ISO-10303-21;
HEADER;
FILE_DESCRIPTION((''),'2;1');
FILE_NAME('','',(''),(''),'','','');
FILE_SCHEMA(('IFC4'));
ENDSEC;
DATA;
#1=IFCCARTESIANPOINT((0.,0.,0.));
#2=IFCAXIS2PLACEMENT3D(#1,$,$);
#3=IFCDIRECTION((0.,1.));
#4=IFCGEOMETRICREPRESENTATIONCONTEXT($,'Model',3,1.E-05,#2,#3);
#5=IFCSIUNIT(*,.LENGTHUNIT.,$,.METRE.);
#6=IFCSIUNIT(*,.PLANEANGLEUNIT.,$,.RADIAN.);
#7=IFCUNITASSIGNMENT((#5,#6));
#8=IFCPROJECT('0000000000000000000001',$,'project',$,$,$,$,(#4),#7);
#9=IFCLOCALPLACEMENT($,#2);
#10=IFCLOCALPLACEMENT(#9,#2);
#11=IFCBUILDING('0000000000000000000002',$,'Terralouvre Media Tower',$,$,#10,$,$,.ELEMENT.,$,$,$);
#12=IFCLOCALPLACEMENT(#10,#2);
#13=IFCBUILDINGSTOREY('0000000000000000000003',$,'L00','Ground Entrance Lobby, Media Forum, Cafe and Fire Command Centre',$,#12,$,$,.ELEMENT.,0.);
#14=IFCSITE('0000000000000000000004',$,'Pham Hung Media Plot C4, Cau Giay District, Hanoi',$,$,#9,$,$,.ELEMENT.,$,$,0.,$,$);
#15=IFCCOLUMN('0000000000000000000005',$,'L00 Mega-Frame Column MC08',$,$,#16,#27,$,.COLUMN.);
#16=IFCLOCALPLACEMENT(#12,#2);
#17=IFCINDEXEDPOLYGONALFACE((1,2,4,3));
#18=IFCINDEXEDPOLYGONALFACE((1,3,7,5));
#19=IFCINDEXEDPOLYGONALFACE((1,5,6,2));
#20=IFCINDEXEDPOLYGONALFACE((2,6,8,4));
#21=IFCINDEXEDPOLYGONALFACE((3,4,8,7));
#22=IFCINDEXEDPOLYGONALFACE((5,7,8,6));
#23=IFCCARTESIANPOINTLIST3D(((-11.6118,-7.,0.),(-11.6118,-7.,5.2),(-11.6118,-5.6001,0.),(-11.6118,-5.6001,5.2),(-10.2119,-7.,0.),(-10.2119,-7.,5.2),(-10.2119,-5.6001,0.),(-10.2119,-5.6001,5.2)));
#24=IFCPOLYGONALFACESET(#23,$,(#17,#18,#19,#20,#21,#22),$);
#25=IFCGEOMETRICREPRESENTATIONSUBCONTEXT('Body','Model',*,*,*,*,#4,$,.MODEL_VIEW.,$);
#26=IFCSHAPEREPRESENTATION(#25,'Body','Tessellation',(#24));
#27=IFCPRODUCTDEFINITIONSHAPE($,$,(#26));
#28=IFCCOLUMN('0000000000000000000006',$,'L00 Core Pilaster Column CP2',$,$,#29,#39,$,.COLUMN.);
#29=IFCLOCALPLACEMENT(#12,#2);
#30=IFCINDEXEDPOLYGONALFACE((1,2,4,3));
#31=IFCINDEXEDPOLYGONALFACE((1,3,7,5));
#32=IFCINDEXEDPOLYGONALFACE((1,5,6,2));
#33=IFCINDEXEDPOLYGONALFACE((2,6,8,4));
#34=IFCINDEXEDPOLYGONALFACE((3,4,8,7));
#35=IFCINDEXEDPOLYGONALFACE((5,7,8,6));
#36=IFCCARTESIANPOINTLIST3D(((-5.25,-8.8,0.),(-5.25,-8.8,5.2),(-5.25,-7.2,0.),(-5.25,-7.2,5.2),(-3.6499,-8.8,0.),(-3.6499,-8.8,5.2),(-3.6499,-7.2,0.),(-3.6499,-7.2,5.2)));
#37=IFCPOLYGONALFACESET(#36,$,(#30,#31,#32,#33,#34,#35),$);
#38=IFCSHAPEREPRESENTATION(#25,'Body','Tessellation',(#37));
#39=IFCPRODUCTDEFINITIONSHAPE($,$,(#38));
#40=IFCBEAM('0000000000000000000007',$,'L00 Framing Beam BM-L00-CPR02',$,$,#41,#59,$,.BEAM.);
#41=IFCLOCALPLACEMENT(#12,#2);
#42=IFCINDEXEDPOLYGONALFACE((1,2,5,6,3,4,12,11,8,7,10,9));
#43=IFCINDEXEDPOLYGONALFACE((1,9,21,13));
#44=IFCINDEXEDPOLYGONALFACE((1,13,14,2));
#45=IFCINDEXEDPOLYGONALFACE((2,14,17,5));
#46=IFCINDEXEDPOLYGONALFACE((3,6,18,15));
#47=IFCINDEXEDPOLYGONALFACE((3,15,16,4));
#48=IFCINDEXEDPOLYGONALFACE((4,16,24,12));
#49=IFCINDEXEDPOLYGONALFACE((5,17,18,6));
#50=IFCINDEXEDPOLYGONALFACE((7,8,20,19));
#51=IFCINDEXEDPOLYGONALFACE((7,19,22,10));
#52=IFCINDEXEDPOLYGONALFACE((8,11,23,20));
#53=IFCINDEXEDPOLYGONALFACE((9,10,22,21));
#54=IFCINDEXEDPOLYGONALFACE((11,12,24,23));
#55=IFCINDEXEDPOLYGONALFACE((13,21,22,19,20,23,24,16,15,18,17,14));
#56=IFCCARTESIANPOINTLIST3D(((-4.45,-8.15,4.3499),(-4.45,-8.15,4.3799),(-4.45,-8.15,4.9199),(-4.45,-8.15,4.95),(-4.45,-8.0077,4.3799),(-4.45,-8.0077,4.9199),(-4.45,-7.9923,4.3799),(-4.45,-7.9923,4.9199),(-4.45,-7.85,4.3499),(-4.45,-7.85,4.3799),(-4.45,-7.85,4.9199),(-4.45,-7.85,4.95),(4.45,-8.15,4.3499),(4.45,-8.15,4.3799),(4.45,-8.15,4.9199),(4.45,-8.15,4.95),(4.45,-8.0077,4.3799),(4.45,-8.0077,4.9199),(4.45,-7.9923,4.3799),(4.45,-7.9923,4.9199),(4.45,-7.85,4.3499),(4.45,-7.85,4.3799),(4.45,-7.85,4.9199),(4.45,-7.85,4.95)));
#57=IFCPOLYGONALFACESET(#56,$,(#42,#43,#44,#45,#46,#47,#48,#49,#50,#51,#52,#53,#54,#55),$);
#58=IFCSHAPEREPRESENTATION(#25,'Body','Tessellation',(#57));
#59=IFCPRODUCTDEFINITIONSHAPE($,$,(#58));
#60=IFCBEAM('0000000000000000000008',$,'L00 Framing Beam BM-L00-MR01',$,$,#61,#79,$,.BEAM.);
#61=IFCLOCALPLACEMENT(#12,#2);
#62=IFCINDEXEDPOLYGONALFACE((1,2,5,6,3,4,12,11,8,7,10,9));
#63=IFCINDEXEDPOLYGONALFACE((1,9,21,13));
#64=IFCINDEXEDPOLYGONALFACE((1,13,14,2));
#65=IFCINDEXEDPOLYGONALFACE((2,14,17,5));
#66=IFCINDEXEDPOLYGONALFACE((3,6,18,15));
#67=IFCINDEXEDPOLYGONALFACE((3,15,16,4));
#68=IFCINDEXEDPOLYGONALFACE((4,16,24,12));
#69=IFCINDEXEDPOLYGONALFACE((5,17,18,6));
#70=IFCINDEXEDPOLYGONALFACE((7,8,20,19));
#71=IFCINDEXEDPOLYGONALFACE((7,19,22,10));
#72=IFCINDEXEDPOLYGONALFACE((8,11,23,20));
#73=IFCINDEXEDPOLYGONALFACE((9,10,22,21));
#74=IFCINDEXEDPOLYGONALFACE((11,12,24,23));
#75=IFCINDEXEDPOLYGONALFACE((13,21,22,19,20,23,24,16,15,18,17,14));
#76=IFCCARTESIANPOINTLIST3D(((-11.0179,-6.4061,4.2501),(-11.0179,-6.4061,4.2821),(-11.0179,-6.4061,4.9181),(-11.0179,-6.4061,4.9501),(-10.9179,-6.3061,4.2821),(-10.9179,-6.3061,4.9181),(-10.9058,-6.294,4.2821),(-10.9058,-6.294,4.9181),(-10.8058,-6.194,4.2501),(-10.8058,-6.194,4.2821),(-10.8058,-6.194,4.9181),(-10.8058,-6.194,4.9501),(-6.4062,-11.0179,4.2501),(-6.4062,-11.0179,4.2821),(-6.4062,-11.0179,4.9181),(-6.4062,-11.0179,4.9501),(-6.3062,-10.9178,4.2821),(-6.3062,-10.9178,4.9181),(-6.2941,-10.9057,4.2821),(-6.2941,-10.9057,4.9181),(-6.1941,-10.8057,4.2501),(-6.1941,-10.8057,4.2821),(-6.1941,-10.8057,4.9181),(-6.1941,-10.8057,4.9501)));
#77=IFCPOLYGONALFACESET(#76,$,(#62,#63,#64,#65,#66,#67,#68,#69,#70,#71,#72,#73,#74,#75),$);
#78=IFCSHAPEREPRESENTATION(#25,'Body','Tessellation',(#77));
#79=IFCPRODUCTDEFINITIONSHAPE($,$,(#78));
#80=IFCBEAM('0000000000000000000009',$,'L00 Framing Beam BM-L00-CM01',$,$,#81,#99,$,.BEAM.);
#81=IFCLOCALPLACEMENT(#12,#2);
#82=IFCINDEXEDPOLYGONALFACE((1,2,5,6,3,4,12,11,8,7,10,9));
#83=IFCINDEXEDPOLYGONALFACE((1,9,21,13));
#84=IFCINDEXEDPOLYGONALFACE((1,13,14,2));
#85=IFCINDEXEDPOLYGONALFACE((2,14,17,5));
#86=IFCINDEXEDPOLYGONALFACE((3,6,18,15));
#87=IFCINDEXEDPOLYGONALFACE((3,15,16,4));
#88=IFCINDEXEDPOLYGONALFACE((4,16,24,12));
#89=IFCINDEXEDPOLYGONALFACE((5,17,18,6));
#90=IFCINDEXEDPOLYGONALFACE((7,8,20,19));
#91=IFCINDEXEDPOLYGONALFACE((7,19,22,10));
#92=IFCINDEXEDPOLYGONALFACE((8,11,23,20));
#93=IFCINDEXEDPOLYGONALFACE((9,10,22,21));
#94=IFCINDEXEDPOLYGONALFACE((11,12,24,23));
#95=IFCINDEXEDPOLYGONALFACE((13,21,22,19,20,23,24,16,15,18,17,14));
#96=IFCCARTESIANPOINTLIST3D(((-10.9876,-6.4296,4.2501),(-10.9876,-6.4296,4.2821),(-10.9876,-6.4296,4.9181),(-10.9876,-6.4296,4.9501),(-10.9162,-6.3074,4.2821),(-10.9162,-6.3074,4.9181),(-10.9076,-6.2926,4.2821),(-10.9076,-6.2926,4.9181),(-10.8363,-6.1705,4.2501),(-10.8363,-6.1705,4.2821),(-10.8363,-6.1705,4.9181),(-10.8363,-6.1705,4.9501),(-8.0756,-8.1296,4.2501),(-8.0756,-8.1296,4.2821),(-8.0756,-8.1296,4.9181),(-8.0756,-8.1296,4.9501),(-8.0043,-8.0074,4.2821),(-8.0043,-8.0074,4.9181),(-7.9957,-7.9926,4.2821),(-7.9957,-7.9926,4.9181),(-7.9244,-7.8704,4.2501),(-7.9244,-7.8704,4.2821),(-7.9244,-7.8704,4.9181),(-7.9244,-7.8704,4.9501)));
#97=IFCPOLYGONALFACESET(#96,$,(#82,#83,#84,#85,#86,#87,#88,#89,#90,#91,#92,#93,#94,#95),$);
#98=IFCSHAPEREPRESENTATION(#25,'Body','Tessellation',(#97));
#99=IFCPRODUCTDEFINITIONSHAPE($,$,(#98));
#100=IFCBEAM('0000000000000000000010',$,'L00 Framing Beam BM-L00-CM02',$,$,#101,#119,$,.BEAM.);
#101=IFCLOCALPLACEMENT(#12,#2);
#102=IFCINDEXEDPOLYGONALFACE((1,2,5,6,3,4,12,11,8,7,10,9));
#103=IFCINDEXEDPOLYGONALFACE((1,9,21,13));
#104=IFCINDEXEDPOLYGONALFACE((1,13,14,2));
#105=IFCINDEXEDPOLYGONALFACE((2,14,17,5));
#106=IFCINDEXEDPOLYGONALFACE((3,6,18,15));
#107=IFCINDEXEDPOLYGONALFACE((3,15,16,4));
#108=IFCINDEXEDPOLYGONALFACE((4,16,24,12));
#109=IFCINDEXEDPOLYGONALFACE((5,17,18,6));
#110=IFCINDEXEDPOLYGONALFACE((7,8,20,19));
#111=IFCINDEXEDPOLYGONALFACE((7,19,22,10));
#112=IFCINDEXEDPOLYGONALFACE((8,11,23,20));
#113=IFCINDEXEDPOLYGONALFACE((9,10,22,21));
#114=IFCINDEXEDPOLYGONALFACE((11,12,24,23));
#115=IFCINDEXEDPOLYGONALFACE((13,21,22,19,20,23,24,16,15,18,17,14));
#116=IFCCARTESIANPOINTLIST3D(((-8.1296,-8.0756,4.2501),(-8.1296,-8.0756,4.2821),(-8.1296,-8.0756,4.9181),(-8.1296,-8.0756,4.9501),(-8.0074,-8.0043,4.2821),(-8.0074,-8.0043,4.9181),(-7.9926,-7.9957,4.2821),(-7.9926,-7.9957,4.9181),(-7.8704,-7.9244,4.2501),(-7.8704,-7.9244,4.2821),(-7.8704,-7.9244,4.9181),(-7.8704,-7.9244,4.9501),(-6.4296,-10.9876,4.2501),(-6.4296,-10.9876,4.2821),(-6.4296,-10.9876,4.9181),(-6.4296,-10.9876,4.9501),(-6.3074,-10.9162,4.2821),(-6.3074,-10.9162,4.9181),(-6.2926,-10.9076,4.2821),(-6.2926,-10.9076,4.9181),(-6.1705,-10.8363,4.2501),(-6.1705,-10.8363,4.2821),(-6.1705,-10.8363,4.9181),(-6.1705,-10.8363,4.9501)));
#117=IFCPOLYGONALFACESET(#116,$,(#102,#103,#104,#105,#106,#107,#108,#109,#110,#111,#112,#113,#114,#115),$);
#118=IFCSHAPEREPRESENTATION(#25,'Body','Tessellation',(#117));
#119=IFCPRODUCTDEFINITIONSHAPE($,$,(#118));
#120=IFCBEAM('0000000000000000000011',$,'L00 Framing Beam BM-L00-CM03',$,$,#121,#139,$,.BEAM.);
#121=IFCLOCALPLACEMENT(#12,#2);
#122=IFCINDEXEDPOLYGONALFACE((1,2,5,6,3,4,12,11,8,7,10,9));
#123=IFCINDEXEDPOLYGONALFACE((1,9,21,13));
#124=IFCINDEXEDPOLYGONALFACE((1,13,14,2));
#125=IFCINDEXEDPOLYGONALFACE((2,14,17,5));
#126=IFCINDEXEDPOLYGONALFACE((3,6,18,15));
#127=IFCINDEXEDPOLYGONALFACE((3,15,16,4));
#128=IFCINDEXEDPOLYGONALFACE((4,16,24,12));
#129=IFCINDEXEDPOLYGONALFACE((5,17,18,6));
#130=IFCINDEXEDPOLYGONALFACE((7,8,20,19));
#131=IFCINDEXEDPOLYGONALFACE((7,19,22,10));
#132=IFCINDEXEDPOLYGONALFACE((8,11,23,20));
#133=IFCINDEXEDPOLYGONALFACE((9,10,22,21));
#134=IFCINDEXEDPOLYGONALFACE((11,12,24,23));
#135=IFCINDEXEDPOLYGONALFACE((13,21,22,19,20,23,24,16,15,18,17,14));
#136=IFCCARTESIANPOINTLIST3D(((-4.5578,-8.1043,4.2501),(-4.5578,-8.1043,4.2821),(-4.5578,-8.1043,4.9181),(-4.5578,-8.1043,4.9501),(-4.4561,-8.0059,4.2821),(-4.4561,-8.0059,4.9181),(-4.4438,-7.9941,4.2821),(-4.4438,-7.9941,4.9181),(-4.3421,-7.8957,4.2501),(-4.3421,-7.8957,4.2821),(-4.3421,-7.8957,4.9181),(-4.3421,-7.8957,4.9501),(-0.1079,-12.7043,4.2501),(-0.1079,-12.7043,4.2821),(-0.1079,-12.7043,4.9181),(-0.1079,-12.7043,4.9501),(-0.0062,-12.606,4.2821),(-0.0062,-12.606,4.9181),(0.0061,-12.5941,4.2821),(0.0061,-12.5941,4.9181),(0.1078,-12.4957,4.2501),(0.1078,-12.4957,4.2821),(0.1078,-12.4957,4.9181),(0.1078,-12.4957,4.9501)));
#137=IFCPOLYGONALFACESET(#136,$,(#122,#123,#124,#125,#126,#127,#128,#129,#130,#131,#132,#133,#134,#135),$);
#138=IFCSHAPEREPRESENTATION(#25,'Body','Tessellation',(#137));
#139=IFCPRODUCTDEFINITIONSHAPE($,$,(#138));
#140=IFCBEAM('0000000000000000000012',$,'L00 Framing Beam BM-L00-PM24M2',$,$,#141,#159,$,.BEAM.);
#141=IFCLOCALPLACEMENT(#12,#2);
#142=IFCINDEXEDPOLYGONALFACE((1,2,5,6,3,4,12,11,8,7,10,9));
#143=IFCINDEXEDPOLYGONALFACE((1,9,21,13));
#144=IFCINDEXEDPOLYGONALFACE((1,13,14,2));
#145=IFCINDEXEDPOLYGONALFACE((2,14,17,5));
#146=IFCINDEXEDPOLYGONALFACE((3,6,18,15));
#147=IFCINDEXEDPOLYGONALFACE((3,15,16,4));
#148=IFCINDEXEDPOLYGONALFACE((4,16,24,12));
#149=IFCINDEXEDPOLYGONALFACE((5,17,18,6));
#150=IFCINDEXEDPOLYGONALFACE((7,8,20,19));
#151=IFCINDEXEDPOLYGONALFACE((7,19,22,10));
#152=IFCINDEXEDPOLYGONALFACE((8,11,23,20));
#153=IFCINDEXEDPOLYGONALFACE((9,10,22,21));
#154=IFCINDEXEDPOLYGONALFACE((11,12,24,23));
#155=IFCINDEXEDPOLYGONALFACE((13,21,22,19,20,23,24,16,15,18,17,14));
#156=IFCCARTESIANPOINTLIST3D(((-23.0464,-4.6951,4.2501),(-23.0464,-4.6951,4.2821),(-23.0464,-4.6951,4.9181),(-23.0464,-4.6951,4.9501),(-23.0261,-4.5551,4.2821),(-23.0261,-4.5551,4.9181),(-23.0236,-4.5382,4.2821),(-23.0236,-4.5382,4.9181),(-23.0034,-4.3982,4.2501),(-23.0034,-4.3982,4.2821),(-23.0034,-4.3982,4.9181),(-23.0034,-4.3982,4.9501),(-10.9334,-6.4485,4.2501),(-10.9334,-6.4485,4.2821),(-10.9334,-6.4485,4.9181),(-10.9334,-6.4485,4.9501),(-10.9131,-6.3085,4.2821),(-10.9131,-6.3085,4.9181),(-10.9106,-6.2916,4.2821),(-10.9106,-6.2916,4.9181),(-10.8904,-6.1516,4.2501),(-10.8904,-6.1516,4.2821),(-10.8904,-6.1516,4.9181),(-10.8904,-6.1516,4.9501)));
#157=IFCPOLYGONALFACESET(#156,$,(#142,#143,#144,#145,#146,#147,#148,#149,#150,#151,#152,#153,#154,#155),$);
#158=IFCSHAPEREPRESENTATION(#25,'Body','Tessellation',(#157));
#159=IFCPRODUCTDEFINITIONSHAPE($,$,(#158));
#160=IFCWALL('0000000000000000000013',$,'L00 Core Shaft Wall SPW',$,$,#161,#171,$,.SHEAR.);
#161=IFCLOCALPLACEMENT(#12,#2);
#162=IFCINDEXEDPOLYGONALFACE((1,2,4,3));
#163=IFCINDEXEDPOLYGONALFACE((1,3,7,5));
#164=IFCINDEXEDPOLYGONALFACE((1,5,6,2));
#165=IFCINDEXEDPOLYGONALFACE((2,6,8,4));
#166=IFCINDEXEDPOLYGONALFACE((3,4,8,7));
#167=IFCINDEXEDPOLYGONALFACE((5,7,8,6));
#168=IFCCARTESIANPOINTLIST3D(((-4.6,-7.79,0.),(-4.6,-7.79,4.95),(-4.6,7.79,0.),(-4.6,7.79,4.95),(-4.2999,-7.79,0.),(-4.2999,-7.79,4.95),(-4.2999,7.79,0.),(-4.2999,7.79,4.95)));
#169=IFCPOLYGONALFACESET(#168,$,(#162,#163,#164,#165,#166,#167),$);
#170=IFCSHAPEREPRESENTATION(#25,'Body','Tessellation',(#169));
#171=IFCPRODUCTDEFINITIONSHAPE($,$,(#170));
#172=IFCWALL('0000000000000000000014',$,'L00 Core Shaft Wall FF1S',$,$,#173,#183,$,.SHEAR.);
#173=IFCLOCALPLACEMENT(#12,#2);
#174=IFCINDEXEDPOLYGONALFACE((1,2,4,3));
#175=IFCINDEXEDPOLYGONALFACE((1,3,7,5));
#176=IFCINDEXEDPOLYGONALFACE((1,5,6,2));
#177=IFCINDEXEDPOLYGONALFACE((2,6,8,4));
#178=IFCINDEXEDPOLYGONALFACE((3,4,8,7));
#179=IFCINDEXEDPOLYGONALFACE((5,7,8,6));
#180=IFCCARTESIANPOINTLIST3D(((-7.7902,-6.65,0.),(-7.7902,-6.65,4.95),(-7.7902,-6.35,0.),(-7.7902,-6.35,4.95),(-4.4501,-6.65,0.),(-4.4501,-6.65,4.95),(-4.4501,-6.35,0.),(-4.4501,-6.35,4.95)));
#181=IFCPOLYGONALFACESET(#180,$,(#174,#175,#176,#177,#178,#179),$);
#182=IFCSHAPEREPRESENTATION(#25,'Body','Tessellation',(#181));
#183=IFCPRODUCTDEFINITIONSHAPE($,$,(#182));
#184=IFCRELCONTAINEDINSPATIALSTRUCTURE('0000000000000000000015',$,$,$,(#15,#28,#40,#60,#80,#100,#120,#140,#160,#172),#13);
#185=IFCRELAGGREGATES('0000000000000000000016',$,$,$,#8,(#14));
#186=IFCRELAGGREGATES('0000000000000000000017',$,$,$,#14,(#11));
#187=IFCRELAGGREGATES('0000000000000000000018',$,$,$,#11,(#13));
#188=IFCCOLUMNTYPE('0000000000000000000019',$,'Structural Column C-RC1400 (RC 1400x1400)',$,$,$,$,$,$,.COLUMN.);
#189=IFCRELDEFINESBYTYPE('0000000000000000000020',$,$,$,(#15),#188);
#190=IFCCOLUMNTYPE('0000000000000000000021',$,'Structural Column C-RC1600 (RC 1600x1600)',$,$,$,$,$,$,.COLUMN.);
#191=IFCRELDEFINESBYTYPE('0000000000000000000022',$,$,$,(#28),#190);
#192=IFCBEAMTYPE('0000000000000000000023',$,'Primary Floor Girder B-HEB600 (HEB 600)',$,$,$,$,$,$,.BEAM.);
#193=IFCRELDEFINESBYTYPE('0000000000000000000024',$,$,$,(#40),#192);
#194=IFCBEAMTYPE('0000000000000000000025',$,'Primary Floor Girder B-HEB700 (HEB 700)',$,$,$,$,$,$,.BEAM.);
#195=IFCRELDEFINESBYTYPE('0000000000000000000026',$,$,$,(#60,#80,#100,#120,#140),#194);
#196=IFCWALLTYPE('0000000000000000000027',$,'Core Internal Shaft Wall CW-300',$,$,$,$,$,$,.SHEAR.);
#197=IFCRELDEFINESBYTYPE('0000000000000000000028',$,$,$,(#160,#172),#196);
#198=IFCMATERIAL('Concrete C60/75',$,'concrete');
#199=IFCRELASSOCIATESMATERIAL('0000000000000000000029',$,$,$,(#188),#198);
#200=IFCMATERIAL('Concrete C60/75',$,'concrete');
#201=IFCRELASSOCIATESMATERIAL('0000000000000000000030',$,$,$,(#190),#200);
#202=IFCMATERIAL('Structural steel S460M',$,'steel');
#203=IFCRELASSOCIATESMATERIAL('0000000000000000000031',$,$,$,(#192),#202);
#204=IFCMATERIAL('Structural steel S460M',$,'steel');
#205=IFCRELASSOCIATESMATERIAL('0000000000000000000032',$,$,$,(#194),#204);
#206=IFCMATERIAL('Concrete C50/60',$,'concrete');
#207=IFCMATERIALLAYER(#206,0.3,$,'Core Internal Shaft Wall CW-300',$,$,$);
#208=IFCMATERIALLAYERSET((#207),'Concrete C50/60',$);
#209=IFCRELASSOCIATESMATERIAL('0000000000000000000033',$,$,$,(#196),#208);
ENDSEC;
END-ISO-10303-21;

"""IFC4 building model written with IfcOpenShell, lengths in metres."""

from ifc_helpers import new_model, si_unit, direction, frame, frame_2d, origin, origin_2d, place, context, subcontext, project, spatial, rectangle, i_section, extrude, material, layer, layer_set, material_profile, profile_set, type_object, element, save


model = new_model("IFC4")

# Units and contexts
model_context = context("Model", 3, precision=1e-05, world=origin(), true_north=direction((0.0, 1.0)))
body_context = subcontext(model_context, "Body", "Model", "MODEL_VIEW")
ifc_project = project(units=[si_unit("LENGTHUNIT", "METRE"), si_unit("PLANEANGLEUNIT", "RADIAN")], contexts=[model_context])

# Site, building, storey
site_placement = place(None, origin())
site = spatial("IfcSite", under=ifc_project, at=site_placement, Name="Pham Hung Media Plot C4, Cau Giay District, Hanoi", CompositionType="ELEMENT", RefElevation=0.0)
building_placement = place(site_placement, origin())
building = spatial("IfcBuilding", under=site, at=building_placement, Name="Terralouvre Media Tower", CompositionType="ELEMENT")
storey_placement = place(building_placement, origin())
storey = spatial("IfcBuildingStorey", under=building, at=storey_placement, Name="L00", Description="Ground Entrance Lobby, Media Forum, Cafe and Fire Command Centre", CompositionType="ELEMENT", Elevation=0.0)

# Columns
ifc_material_1 = material(Name="Concrete C60/75", Category="concrete")
ifc_material_profile_1 = material_profile(ifc_material_1, rectangle(XDim=1.3999, YDim=1.3999, at=origin_2d()), Name="RC 1400x1400")
ifc_profile_set_1 = profile_set([ifc_material_profile_1], Name="Concrete C60/75")
column_type_1 = type_object("IfcColumnType", Name="Structural Column C-RC1400 (RC 1400x1400)", PredefinedType="COLUMN", material=ifc_profile_set_1)
column_1_placement = place(storey_placement, frame((-10.9119, -6.3, 0.0), z_axis=(0.0, 0.0, 1.0), x_axis=(1.0, 0.0, 0.0)))
element("IfcColumn", 1, at=column_1_placement, inside=storey, type_object=column_type_1, Name="L00 Mega-Frame Column MC08", PredefinedType="COLUMN", context=body_context, shape_type="SweptSolid", body=[
    extrude(rectangle(XDim=1.3999, YDim=1.3999, at=origin_2d()), origin(), (0.0, 0.0, 1.0), 5.2),
])
ifc_material_2 = material(Name="Concrete C60/75", Category="concrete")
ifc_material_profile_2 = material_profile(ifc_material_2, rectangle(XDim=1.6001, YDim=1.6001, at=origin_2d()), Name="RC 1600x1600")
ifc_profile_set_2 = profile_set([ifc_material_profile_2], Name="Concrete C60/75")
column_type_2 = type_object("IfcColumnType", Name="Structural Column C-RC1600 (RC 1600x1600)", PredefinedType="COLUMN", material=ifc_profile_set_2)
column_2_placement = place(storey_placement, frame((-4.45, -8.0, 0.0), z_axis=(0.0, 0.0, 1.0), x_axis=(1.0, 0.0, 0.0)))
element("IfcColumn", 2, at=column_2_placement, inside=storey, type_object=column_type_2, Name="L00 Core Pilaster Column CP2", PredefinedType="COLUMN", context=body_context, shape_type="SweptSolid", body=[
    extrude(rectangle(XDim=1.6001, YDim=1.6001, at=origin_2d()), origin(), (0.0, 0.0, 1.0), 5.2),
])

# Beams
ifc_material_3 = material(Name="Structural steel S460M", Category="steel")
ifc_material_profile_3 = material_profile(ifc_material_3, i_section(OverallWidth=0.3, OverallDepth=0.6001, WebThickness=0.0154, FlangeThickness=0.03, at=origin_2d()), Name="HEB 600")
ifc_profile_set_3 = profile_set([ifc_material_profile_3], Name="Structural steel S460M")
beam_type_1 = type_object("IfcBeamType", Name="Primary Floor Girder B-HEB600 (HEB 600)", PredefinedType="BEAM", material=ifc_profile_set_3)
beam_1_placement = place(storey_placement, frame((-4.45, -8.0, 4.6499), z_axis=(1.0, 0.0, 0.0), x_axis=(0.0, 1.0, 0.0)))
element("IfcBeam", 3, at=beam_1_placement, inside=storey, type_object=beam_type_1, Name="L00 Framing Beam BM-L00-CPR02", PredefinedType="BEAM", context=body_context, shape_type="SweptSolid", body=[
    extrude(i_section(OverallWidth=0.3, OverallDepth=0.6001, WebThickness=0.0154, FlangeThickness=0.03, at=origin_2d()), origin(), (0.0, 0.0, 1.0), 8.8999),
])
ifc_material_4 = material(Name="Structural steel S460M", Category="steel")
ifc_material_profile_4 = material_profile(ifc_material_4, i_section(OverallWidth=0.3, OverallDepth=0.7, WebThickness=0.0171, FlangeThickness=0.032, at=origin_2d()), Name="HEB 700")
ifc_profile_set_4 = profile_set([ifc_material_profile_4], Name="Structural steel S460M")
beam_type_2 = type_object("IfcBeamType", Name="Primary Floor Girder B-HEB700 (HEB 700)", PredefinedType="BEAM", material=ifc_profile_set_4)
beam_2_placement = place(storey_placement, frame((-10.9119, -6.3, 4.6001), z_axis=(0.707107, -0.707107, 0.0), x_axis=(0.707107, 0.707107, 0.0)))
element("IfcBeam", 4, at=beam_2_placement, inside=storey, type_object=beam_type_2, Name="L00 Framing Beam BM-L00-MR01", PredefinedType="BEAM", context=body_context, shape_type="SweptSolid", body=[
    extrude(i_section(OverallWidth=0.3, OverallDepth=0.7, WebThickness=0.0171, FlangeThickness=0.032, at=origin_2d()), origin(), (0.0, 0.0, 1.0), 6.522),
])
for number, where, z_axis, x_axis, name in (
    (5, (-8.0, -8.0, 4.6001), (-0.863603, 0.504173, 0.0), (-0.504173, -0.863603, 0.0), "L00 Framing Beam BM-L00-CM01"),
    (6, (-8.0, -8.0, 4.6001), (0.504173, -0.863603, 0.0), (0.863603, 0.504173, 0.0), "L00 Framing Beam BM-L00-CM02"),
):
    element("IfcBeam", number, at=place(storey_placement, frame(where, z_axis=z_axis, x_axis=x_axis)), inside=storey, type_object=beam_type_2, Name=name, PredefinedType="BEAM", context=body_context, shape_type="SweptSolid", body=[
        extrude(i_section(OverallWidth=0.3, OverallDepth=0.7, WebThickness=0.0171, FlangeThickness=0.032, at=origin_2d()), origin(), (0.0, 0.0, 1.0), 3.3718),
    ])
beam_3_placement = place(storey_placement, frame((-4.45, -8.0, 4.6001), z_axis=(0.69528, -0.718739, 0.0), x_axis=(0.718739, 0.69528, 0.0)))
element("IfcBeam", 7, at=beam_3_placement, inside=storey, type_object=beam_type_2, Name="L00 Framing Beam BM-L00-CM03", PredefinedType="BEAM", context=body_context, shape_type="SweptSolid", body=[
    extrude(i_section(OverallWidth=0.3, OverallDepth=0.7, WebThickness=0.0171, FlangeThickness=0.032, at=origin_2d()), origin(), (0.0, 0.0, 1.0), 6.4001),
])
beam_4_placement = place(storey_placement, frame((-10.9119, -6.3, 4.6001), z_axis=(-0.989685, 0.143261, 0.0), x_axis=(-0.143261, -0.989685, 0.0)))
element("IfcBeam", 8, at=beam_4_placement, inside=storey, type_object=beam_type_2, Name="L00 Framing Beam BM-L00-PM24M2", PredefinedType="BEAM", context=body_context, shape_type="SweptSolid", body=[
    extrude(i_section(OverallWidth=0.3, OverallDepth=0.7, WebThickness=0.0171, FlangeThickness=0.032, at=origin_2d()), origin(), (0.0, 0.0, 1.0), 12.2393),
])

# Walls
ifc_material_5 = material(Name="Concrete C50/60", Category="concrete")
ifc_layer_1 = layer(ifc_material_5, 0.3, Name="Core Internal Shaft Wall CW-300")
ifc_layer_set_1 = layer_set([ifc_layer_1], Name="Concrete C50/60")
wall_type_1 = type_object("IfcWallType", Name="Core Internal Shaft Wall CW-300", PredefinedType="SHEAR", material=ifc_layer_set_1)
wall_1_placement = place(storey_placement, frame((-4.45, -7.79, 0.0), z_axis=(0.0, 0.0, 1.0), x_axis=(0.0, 1.0, 0.0)))
element("IfcWall", 9, at=wall_1_placement, inside=storey, type_object=wall_type_1, Name="L00 Core Shaft Wall SPW", PredefinedType="SHEAR", context=body_context, shape_type="SweptSolid", body=[
    extrude(rectangle(XDim=15.5801, YDim=0.3, at=frame_2d((7.79, 0.0))), origin(), (0.0, 0.0, 1.0), 4.95),
])
wall_2_placement = place(storey_placement, frame((-7.79, -6.5, 0.0), z_axis=(0.0, 0.0, 1.0), x_axis=(1.0, 0.0, 0.0)))
element("IfcWall", 10, at=wall_2_placement, inside=storey, type_object=wall_type_1, Name="L00 Core Shaft Wall FF1S", PredefinedType="SHEAR", context=body_context, shape_type="SweptSolid", body=[
    extrude(rectangle(XDim=3.3401, YDim=0.3, at=frame_2d((1.6699, 0.0))), origin(), (0.0, 0.0, 1.0), 4.95),
])

save(model, "model.ifc")
